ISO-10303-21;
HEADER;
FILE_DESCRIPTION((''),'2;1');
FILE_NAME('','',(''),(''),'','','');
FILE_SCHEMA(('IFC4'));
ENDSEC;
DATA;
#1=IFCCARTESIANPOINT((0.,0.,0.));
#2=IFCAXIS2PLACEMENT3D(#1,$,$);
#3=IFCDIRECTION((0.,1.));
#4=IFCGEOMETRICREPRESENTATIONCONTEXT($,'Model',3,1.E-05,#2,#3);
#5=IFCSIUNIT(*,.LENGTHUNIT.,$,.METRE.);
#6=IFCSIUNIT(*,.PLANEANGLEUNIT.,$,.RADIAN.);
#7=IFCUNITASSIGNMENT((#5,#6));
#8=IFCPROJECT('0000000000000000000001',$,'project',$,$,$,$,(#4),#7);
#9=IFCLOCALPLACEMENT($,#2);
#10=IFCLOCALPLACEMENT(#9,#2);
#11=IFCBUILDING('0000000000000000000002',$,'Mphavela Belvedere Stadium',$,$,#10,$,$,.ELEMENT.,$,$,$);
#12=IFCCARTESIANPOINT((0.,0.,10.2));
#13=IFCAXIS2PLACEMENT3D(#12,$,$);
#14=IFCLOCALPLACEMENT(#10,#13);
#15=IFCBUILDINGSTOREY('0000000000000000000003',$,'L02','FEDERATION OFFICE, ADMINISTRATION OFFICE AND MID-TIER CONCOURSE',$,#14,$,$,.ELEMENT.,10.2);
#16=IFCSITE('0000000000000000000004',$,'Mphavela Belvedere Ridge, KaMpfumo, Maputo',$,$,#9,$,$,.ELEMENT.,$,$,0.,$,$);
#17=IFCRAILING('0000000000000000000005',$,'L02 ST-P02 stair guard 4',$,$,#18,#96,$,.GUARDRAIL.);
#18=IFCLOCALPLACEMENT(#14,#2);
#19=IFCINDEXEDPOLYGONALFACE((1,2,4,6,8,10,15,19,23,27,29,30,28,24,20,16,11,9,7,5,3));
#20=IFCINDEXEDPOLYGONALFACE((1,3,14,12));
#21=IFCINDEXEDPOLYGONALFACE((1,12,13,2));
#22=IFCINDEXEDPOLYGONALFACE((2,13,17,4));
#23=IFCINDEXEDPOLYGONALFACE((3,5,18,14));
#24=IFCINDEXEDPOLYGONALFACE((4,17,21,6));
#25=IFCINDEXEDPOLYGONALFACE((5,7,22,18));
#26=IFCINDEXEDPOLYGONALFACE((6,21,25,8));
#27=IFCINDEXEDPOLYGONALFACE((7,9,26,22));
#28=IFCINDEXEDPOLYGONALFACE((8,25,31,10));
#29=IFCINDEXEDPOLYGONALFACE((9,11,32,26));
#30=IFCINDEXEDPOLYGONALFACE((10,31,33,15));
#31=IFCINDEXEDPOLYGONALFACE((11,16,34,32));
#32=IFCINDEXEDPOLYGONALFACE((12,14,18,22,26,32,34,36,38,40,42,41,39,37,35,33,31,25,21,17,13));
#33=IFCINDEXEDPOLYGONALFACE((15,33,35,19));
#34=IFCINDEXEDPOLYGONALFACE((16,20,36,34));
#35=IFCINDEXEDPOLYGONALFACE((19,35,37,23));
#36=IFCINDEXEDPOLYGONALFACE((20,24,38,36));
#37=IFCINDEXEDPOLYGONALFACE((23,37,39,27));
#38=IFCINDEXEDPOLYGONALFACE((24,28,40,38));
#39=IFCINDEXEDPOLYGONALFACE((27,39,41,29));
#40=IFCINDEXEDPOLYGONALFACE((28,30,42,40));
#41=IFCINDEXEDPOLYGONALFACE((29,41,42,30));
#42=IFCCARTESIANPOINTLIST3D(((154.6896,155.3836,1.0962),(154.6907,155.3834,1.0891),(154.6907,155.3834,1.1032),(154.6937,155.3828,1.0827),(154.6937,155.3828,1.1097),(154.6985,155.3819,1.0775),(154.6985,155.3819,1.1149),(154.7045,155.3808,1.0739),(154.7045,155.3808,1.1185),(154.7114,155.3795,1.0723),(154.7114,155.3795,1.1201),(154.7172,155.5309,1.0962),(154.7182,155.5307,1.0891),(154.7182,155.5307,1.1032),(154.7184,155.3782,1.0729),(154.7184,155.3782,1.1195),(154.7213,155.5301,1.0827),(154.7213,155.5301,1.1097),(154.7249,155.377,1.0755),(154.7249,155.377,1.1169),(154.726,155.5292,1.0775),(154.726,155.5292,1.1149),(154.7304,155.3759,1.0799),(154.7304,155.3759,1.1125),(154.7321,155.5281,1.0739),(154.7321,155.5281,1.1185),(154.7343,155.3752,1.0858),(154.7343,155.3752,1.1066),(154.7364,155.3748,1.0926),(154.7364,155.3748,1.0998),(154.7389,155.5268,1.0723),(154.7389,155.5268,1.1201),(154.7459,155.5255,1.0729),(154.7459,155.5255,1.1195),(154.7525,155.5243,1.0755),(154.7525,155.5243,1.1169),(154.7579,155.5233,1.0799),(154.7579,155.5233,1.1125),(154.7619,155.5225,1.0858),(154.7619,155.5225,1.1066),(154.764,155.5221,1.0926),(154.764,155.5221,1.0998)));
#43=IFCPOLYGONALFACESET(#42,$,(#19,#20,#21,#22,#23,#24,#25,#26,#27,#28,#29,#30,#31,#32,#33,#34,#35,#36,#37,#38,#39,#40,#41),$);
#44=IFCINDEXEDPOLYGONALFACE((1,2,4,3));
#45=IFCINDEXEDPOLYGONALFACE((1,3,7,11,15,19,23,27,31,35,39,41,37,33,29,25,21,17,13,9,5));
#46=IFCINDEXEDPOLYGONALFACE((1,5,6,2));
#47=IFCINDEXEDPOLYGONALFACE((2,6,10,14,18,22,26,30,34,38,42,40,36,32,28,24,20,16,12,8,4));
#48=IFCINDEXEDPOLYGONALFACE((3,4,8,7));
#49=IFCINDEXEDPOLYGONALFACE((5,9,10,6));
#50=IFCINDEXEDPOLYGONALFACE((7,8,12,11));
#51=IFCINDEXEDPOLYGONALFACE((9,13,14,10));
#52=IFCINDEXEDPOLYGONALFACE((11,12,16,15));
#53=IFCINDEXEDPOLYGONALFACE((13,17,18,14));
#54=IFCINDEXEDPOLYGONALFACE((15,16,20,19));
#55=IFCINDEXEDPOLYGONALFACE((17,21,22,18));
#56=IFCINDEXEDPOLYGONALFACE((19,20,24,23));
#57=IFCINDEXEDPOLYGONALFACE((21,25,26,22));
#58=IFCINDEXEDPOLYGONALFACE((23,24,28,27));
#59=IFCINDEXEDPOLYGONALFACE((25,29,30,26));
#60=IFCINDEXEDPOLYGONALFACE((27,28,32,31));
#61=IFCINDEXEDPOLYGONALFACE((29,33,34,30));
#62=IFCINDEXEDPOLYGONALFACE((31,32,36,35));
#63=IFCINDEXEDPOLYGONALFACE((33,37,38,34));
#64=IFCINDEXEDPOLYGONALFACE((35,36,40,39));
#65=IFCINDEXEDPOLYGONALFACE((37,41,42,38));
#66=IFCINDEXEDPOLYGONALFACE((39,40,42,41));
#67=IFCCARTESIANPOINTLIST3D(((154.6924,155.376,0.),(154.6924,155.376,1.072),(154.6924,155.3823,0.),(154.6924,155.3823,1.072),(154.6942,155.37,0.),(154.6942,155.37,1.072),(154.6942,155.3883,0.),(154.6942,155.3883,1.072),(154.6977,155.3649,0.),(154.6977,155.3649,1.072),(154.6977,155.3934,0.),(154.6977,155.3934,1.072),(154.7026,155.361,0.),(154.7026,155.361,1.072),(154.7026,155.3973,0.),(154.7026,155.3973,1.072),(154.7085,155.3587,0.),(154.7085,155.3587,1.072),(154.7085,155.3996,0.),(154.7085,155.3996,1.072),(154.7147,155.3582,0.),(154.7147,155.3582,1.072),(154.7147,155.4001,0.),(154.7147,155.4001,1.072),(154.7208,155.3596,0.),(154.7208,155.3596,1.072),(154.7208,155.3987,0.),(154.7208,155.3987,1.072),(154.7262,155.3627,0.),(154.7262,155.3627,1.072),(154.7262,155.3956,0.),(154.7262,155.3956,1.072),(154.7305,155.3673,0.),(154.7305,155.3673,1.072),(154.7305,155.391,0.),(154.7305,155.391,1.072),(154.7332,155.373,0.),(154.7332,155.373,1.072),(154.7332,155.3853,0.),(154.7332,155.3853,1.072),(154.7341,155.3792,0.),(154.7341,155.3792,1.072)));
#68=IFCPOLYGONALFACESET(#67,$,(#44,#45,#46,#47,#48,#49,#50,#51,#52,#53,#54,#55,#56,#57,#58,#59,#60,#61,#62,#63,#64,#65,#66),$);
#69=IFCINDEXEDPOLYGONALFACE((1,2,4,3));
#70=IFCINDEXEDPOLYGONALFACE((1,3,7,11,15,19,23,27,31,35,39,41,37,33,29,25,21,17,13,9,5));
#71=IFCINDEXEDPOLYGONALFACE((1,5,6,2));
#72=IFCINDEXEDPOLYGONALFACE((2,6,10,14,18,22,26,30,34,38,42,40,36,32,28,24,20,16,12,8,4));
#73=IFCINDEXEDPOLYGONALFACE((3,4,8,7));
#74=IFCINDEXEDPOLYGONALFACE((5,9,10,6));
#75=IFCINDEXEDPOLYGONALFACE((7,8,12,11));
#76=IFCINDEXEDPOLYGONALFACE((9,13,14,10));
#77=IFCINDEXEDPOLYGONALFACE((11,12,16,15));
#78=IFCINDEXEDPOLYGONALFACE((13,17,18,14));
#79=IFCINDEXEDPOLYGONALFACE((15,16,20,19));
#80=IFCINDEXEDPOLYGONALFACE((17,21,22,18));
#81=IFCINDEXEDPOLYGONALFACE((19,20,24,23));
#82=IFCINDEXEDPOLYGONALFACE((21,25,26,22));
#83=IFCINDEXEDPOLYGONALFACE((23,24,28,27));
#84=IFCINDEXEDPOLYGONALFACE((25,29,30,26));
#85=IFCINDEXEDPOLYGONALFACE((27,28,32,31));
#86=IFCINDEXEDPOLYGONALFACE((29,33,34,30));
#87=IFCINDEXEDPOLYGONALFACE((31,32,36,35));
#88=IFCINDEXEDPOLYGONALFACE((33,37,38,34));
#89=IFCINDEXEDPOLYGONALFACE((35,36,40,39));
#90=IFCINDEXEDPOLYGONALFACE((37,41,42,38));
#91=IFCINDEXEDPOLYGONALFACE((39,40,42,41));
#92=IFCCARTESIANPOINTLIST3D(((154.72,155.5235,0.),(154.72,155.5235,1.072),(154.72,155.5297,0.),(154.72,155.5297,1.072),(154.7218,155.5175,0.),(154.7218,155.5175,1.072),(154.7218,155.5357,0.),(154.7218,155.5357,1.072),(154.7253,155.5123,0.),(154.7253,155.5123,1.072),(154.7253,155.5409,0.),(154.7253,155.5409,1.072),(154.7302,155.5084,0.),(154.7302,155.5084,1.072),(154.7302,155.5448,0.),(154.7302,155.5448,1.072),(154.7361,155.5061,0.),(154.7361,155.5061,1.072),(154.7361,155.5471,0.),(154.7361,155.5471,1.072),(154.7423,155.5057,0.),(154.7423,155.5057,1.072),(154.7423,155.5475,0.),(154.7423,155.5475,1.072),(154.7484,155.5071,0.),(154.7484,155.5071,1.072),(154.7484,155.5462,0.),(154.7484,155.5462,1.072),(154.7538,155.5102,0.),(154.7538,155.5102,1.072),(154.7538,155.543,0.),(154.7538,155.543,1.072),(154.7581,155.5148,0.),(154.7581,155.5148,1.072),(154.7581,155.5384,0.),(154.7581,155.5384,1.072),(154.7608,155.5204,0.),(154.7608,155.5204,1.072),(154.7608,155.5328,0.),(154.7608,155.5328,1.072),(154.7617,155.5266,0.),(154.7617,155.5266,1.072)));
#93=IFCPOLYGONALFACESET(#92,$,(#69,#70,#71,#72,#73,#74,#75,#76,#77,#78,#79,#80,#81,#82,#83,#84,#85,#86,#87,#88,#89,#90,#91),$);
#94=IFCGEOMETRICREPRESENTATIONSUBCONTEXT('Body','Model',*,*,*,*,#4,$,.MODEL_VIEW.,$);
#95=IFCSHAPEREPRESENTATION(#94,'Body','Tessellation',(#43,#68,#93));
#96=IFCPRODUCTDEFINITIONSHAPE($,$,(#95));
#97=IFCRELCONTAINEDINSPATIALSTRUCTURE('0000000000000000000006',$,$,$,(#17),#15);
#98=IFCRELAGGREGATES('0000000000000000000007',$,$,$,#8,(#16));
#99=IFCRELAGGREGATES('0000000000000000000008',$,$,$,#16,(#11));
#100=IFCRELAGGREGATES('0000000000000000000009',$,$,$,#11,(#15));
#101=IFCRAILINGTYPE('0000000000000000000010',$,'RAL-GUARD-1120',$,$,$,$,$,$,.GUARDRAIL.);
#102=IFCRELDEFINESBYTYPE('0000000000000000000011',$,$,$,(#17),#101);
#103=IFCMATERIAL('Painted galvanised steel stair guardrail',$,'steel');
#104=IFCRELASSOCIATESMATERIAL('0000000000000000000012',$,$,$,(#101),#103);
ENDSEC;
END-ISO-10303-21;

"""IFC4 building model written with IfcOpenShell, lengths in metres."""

from ifc_helpers import new_model, si_unit, direction, frame, origin, origin_2d, place, context, subcontext, project, spatial, circle, extrude, material, type_object, element, save


model = new_model("IFC4")

# Units and contexts
model_context = context("Model", 3, precision=1e-05, world=origin(), true_north=direction((0.0, 1.0)))
body_context = subcontext(model_context, "Body", "Model", "MODEL_VIEW")
ifc_project = project(units=[si_unit("LENGTHUNIT", "METRE"), si_unit("PLANEANGLEUNIT", "RADIAN")], contexts=[model_context])

# Site, building, storey
site_placement = place(None, origin())
site = spatial("IfcSite", under=ifc_project, at=site_placement, Name="Mphavela Belvedere Ridge, KaMpfumo, Maputo", CompositionType="ELEMENT", RefElevation=0.0)
building_placement = place(site_placement, origin())
building = spatial("IfcBuilding", under=site, at=building_placement, Name="Mphavela Belvedere Stadium", CompositionType="ELEMENT")
storey_placement = place(building_placement, frame((0.0, 0.0, 10.2)))
storey = spatial("IfcBuildingStorey", under=building, at=storey_placement, Name="L02", Description="FEDERATION OFFICE, ADMINISTRATION OFFICE AND MID-TIER CONCOURSE", CompositionType="ELEMENT", Elevation=10.2)

# Railing
ifc_material_1 = material(Name="Painted galvanised steel stair guardrail", Category="steel")
railing_type_1 = type_object("IfcRailingType", Name="RAL-GUARD-1120", PredefinedType="GUARDRAIL", material=ifc_material_1)
railing_1_placement = place(storey_placement, frame((154.7131, 155.3792, 0.0)))
element("IfcRailing", 1, at=railing_1_placement, inside=storey, type_object=railing_type_1, Name="L02 ST-P02 stair guard 4", PredefinedType="GUARDRAIL", context=body_context, shape_type="SweptSolid", body=[
    extrude(circle(Radius=0.0239, at=origin_2d()), frame((0.0, 0.0, 1.0962), z_axis=(0.183895, 0.982946, 0.0), x_axis=(-0.982946, 0.183895, 0.0)), (0.0, 0.0, 1.0), 0.1499),
    extrude(circle(Radius=0.021, at=origin_2d()), origin(), (0.0, 0.0, 1.0), 1.072),
    extrude(circle(Radius=0.021, at=origin_2d()), frame((0.0276, 0.1475, 0.0)), (0.0, 0.0, 1.0), 1.072),
])

save(model, "model.ifc")
